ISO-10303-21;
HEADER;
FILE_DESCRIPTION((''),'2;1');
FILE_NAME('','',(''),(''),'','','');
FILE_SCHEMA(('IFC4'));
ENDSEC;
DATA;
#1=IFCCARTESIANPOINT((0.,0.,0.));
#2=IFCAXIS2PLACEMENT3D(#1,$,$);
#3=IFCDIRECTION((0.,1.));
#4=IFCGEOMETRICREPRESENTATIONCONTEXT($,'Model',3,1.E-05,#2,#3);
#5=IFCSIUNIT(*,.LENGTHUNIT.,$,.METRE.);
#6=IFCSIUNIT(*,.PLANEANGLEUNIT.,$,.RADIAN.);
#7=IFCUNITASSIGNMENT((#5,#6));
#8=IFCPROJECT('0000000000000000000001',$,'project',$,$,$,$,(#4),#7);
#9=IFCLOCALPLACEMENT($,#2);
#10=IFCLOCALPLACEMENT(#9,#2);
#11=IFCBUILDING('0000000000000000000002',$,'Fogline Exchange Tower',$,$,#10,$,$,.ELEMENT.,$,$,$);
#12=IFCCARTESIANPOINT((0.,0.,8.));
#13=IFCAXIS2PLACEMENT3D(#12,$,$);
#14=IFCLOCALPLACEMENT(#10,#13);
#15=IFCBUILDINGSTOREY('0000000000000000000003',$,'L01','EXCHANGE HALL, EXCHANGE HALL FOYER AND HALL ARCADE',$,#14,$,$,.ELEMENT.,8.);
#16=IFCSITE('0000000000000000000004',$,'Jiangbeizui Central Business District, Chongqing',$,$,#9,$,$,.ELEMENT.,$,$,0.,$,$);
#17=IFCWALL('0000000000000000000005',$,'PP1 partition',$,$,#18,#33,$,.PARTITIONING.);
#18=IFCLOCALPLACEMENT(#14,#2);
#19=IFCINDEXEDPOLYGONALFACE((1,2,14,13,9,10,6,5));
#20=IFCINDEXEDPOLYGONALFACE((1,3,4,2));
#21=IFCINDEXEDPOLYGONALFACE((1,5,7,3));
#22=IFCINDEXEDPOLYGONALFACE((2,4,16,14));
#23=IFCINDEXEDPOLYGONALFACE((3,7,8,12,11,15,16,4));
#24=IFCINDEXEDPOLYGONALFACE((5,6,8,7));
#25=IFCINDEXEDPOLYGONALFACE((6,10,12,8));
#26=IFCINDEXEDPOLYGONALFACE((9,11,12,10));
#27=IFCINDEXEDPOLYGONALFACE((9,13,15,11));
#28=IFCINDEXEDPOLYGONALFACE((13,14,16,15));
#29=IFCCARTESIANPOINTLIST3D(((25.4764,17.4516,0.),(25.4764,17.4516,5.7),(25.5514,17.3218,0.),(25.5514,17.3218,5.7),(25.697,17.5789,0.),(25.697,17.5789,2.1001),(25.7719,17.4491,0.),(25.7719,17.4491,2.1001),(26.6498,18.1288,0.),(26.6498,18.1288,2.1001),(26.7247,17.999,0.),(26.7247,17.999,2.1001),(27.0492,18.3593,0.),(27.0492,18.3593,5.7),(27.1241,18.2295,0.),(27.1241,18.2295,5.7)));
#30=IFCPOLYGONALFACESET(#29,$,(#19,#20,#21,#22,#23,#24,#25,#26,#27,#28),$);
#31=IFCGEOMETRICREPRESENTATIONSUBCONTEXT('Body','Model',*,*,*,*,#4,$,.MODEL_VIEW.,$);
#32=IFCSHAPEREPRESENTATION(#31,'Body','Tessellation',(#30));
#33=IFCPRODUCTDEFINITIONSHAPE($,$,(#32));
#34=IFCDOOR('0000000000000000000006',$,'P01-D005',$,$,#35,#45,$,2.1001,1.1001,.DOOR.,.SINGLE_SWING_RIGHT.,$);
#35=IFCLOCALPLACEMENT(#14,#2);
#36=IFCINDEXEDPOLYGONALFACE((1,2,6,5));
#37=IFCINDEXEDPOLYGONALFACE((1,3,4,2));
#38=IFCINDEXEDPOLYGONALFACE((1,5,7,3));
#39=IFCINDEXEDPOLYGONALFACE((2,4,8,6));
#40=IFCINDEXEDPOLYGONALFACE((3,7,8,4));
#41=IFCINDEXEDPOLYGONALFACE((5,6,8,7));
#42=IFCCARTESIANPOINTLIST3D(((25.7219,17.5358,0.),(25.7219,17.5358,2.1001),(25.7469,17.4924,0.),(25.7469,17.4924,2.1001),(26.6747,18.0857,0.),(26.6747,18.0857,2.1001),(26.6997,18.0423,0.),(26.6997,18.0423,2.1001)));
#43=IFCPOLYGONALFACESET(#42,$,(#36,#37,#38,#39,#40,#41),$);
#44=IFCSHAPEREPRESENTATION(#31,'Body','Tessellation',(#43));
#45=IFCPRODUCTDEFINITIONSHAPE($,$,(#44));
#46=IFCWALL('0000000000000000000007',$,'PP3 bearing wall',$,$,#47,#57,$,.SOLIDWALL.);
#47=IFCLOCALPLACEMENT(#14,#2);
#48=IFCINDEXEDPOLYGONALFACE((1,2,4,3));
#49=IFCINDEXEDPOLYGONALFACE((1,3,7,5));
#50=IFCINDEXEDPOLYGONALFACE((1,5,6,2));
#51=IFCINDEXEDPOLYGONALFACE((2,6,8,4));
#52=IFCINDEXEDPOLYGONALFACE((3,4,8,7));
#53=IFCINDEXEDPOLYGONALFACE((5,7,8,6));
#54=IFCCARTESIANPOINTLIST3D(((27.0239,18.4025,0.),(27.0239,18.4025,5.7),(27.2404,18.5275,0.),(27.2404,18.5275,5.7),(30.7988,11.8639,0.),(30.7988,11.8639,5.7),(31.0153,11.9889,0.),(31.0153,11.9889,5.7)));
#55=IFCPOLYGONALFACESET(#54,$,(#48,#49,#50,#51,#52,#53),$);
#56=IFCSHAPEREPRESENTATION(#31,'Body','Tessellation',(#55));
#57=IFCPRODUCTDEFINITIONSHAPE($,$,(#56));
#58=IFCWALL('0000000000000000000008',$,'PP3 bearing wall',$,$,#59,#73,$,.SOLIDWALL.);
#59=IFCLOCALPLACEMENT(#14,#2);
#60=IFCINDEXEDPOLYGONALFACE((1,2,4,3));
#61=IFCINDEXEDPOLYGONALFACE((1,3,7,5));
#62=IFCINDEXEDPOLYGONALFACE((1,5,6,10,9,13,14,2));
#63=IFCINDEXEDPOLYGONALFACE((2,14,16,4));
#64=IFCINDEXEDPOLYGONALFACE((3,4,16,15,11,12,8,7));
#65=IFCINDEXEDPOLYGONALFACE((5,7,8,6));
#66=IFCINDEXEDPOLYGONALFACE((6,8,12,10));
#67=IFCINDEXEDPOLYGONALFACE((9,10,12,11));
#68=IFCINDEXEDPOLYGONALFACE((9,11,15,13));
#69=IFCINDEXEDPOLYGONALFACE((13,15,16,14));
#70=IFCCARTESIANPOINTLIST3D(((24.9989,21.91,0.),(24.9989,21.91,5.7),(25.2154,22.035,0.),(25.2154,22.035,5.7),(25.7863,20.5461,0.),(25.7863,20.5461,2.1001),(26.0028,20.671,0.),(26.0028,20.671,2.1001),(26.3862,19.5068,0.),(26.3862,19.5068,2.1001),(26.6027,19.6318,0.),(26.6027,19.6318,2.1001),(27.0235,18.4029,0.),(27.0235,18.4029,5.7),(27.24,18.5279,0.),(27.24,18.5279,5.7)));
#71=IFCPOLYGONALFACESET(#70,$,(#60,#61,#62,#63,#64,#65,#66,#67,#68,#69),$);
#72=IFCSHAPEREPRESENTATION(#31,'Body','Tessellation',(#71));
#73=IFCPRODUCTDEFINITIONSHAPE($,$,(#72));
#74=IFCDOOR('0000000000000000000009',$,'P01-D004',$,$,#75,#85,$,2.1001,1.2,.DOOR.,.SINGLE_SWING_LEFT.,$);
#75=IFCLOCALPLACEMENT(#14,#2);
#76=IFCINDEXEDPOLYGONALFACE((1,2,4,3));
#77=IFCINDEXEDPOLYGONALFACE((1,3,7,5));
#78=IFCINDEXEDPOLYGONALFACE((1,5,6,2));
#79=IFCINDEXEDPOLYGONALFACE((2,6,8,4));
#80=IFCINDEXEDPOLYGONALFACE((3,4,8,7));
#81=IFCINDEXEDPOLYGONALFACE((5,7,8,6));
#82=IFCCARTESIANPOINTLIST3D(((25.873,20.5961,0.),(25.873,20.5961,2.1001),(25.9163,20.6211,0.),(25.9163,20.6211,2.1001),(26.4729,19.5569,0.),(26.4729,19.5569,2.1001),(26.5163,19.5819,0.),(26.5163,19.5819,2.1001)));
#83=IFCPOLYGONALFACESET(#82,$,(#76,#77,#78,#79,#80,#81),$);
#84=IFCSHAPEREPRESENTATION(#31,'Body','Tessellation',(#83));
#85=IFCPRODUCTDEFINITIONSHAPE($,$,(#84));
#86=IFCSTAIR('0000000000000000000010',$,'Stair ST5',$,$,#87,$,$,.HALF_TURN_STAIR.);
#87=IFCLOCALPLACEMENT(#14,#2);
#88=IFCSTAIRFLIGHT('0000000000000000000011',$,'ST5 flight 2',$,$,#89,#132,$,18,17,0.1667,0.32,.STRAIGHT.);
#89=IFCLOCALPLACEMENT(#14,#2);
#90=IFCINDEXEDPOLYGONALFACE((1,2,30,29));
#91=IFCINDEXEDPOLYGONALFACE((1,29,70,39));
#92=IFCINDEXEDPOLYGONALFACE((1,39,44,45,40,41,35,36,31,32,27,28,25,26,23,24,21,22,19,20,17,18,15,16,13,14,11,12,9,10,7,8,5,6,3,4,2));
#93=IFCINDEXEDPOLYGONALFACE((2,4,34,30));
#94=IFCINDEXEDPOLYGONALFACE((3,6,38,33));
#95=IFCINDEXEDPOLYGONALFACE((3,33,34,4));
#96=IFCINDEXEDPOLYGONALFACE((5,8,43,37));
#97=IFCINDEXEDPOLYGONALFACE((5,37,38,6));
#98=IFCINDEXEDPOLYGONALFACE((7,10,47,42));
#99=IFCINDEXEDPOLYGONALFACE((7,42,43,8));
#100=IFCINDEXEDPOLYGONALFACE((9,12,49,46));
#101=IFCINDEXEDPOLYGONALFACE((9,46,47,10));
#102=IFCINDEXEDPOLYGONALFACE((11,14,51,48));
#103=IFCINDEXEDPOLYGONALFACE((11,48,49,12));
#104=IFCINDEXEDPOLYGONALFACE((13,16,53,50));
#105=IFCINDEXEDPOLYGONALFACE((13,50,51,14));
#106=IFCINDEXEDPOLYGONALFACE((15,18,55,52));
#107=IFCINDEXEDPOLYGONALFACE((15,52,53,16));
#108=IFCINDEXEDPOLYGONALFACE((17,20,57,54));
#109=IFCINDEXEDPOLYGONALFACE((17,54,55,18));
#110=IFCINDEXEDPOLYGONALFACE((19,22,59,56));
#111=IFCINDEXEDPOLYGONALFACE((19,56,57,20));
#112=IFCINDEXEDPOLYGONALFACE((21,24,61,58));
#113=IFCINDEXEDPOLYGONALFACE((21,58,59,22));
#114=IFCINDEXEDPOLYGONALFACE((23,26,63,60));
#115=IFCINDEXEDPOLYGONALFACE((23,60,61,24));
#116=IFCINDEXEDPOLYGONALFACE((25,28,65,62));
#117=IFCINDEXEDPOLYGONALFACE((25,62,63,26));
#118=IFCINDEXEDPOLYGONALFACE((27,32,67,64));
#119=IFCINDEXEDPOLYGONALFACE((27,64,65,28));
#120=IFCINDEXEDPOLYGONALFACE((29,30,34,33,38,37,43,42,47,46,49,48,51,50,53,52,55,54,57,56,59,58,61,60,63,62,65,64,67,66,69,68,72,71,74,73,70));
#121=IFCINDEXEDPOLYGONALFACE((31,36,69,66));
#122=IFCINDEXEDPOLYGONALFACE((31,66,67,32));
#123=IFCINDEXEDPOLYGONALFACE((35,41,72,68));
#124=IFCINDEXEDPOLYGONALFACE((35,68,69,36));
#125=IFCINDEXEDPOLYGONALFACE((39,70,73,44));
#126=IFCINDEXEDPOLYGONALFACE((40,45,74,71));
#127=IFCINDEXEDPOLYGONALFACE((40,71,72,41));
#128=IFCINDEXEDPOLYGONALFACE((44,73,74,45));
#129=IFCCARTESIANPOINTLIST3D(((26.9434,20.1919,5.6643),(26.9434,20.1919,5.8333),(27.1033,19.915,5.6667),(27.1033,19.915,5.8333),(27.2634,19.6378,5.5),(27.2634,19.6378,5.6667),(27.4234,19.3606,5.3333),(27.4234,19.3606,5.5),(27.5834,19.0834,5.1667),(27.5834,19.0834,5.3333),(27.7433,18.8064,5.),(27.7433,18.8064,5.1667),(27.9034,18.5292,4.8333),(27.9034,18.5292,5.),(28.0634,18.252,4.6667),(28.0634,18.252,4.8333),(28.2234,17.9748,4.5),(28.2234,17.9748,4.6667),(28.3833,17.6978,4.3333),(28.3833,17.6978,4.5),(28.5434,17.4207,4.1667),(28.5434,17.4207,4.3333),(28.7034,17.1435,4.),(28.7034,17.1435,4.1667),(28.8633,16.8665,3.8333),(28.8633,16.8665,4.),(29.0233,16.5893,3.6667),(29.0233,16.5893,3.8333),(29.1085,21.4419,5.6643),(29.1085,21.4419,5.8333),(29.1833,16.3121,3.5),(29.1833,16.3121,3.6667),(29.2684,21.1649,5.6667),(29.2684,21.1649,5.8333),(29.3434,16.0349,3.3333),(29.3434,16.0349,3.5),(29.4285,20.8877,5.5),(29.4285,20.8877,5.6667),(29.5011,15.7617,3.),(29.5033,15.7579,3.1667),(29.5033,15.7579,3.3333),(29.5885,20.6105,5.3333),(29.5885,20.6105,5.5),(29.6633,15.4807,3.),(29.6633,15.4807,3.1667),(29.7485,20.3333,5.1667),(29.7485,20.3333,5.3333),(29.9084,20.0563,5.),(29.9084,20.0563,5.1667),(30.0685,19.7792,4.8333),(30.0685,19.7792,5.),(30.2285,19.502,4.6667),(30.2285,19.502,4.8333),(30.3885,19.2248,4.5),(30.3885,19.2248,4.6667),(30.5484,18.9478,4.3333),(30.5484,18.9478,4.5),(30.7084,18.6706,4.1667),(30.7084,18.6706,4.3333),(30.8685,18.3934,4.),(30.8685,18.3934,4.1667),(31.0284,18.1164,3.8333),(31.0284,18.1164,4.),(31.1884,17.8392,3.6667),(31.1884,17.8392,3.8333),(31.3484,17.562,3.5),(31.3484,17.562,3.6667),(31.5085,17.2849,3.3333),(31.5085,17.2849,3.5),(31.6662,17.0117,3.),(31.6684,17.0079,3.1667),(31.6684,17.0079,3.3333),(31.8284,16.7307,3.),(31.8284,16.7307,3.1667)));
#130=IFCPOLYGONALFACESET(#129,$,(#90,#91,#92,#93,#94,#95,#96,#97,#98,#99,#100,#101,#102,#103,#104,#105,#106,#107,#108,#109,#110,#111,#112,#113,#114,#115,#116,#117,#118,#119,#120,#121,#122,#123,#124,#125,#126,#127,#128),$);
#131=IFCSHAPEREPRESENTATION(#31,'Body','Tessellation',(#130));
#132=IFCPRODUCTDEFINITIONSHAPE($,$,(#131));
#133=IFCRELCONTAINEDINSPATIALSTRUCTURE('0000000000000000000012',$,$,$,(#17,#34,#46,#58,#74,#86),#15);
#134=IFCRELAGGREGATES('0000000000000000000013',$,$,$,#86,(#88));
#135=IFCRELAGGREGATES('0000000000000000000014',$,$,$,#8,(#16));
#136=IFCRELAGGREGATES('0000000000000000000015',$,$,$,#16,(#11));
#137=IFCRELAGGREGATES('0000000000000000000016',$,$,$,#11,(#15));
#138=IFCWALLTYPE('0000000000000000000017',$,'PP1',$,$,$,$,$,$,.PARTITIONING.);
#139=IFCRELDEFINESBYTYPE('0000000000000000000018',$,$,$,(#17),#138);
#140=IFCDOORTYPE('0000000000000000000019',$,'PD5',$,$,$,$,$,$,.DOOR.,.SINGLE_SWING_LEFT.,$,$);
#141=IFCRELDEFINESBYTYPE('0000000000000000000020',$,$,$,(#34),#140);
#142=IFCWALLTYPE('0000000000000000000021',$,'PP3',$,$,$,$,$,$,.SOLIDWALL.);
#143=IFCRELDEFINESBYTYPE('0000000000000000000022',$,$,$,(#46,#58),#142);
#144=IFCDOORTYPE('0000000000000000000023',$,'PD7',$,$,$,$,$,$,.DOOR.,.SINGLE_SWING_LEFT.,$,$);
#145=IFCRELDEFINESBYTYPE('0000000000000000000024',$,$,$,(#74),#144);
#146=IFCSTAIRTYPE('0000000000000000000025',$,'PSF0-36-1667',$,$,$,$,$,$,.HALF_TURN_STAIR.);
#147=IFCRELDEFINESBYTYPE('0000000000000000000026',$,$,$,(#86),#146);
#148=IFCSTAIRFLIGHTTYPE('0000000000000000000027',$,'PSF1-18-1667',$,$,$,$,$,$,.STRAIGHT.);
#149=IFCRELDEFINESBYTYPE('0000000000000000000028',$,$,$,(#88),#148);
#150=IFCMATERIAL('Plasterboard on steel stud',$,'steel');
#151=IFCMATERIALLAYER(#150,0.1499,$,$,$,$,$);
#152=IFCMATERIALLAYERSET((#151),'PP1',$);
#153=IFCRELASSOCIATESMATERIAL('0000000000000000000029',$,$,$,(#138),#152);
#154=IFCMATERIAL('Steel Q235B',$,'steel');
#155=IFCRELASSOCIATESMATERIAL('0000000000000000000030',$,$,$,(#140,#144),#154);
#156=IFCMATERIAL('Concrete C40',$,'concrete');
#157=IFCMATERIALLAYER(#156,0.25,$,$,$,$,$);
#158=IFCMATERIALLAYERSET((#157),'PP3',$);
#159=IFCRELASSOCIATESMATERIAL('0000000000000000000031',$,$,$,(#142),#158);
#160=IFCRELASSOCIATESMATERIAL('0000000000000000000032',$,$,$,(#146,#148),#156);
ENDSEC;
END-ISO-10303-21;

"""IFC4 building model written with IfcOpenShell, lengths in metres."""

from ifc_helpers import new_model, si_unit, direction, frame, frame_2d, origin, place, context, subcontext, project, spatial, polyline, rectangle, outline, extrude, material, layer, layer_set, type_object, element, fill, aggregate, save


model = new_model("IFC4")

# Units and contexts
model_context = context("Model", 3, precision=1e-05, world=origin(), true_north=direction((0.0, 1.0)))
body_context = subcontext(model_context, "Body", "Model", "MODEL_VIEW")
ifc_project = project(units=[si_unit("LENGTHUNIT", "METRE"), si_unit("PLANEANGLEUNIT", "RADIAN")], contexts=[model_context])

# Site, building, storey
site_placement = place(None, origin())
site = spatial("IfcSite", under=ifc_project, at=site_placement, Name="Jiangbeizui Central Business District, Chongqing", CompositionType="ELEMENT", RefElevation=0.0)
building_placement = place(site_placement, origin())
building = spatial("IfcBuilding", under=site, at=building_placement, Name="Fogline Exchange Tower", CompositionType="ELEMENT")
storey_placement = place(building_placement, frame((0.0, 0.0, 8.0)))
storey = spatial("IfcBuildingStorey", under=building, at=storey_placement, Name="L01", Description="EXCHANGE HALL, EXCHANGE HALL FOYER AND HALL ARCADE", CompositionType="ELEMENT", Elevation=8.0)

# Shared definitions
ifc_material_1 = material(Name="Plasterboard on steel stud", Category="steel")
ifc_layer_1 = layer(ifc_material_1, 0.1499)
ifc_layer_set_1 = layer_set([ifc_layer_1], Name="PP1")
wall_type_1 = type_object("IfcWallType", Name="PP1", PredefinedType="PARTITIONING", material=ifc_layer_set_1)

# Wall, opening, door
wall_1_placement = place(storey_placement, frame((27.0867, 18.2944, 0.0), z_axis=(0.0, 0.0, 1.0), x_axis=(-0.866101, -0.49987, 0.0)))
wall_1 = element("IfcWall", 1, at=wall_1_placement, inside=storey, type_object=wall_type_1, Name="PP1 partition", PredefinedType="PARTITIONING", context=body_context, shape_type="SweptSolid", body=[
    extrude(rectangle(XDim=1.8159, YDim=0.1499, at=frame_2d((0.908, 0.0))), origin(), (0.0, 0.0, 1.0), 5.7),
])
opening_1_placement = place(wall_1_placement, frame((0.4612, 0.0, 0.0)))
opening_1 = element("IfcOpeningElement", 2, at=opening_1_placement, cuts=wall_1, PredefinedType="OPENING", context=body_context, shape_type="SweptSolid", body=[
    extrude(rectangle(XDim=1.1001, YDim=2.1001, at=frame_2d((0.55, 1.05))), frame((0.0, 0.085, 0.0), z_axis=(0.0, -1.0, 0.0), x_axis=(1.0, 0.0, 0.0)), (0.0, 0.0, 1.0), 0.1699),
])
ifc_material_2 = material(Name="Steel Q235B", Category="steel")
door_type_1 = type_object("IfcDoorType", Name="PD5", OperationType="SINGLE_SWING_LEFT", PredefinedType="DOOR", material=ifc_material_2)
door_1_placement = place(opening_1_placement, origin())
door_1 = element("IfcDoor", 3, at=door_1_placement, inside=storey, type_object=door_type_1, Name="P01-D005", OperationType="SINGLE_SWING_RIGHT", OverallHeight=2.1001, OverallWidth=1.1001, PredefinedType="DOOR", context=body_context, shape_type="SweptSolid", body=[
    extrude(rectangle(XDim=1.1001, YDim=2.1001, at=frame_2d((0.55, 1.05))), frame((0.0, 0.0249, 0.0), z_axis=(0.0, -1.0, 0.0), x_axis=(1.0, 0.0, 0.0)), (0.0, 0.0, 1.0), 0.05),
])
fill(opening_1, door_1)

# Wall
ifc_material_3 = material(Name="Concrete C40", Category="concrete")
ifc_layer_2 = layer(ifc_material_3, 0.25)
ifc_layer_set_2 = layer_set([ifc_layer_2], Name="PP3")
wall_type_2 = type_object("IfcWallType", Name="PP3", PredefinedType="SOLIDWALL", material=ifc_layer_set_2)
wall_2_placement = place(storey_placement, frame((30.907, 11.9265, 0.0), z_axis=(0.0, 0.0, 1.0), x_axis=(-0.499986, 0.866034, 0.0)))
element("IfcWall", 4, at=wall_2_placement, inside=storey, type_object=wall_type_2, Name="PP3 bearing wall", PredefinedType="SOLIDWALL", context=body_context, shape_type="SweptSolid", body=[
    extrude(rectangle(XDim=7.55, YDim=0.25, at=frame_2d((3.7749, 0.0))), origin(), (0.0, 0.0, 1.0), 5.7),
])

# Wall, opening, door
wall_3_placement = place(storey_placement, frame((27.1318, 18.4653, 0.0), z_axis=(0.0, 0.0, 1.0), x_axis=(-0.499971, 0.866042, 0.0)))
wall_3 = element("IfcWall", 5, at=wall_3_placement, inside=storey, type_object=wall_type_2, Name="PP3 bearing wall", PredefinedType="SOLIDWALL", context=body_context, shape_type="SweptSolid", body=[
    extrude(rectangle(XDim=4.0496, YDim=0.25, at=frame_2d((2.0249, 0.0))), origin(), (0.0, 0.0, 1.0), 5.7),
])
opening_2_placement = place(wall_3_placement, frame((1.2747, 0.0, 0.0)))
opening_2 = element("IfcOpeningElement", 6, at=opening_2_placement, cuts=wall_3, PredefinedType="OPENING", context=body_context, shape_type="SweptSolid", body=[
    extrude(rectangle(XDim=1.2, YDim=2.1001, at=frame_2d((0.6001, 1.05))), frame((0.0, 0.135, 0.0), z_axis=(0.0, -1.0, 0.0), x_axis=(1.0, 0.0, 0.0)), (0.0, 0.0, 1.0), 0.27),
])
door_type_2 = type_object("IfcDoorType", Name="PD7", OperationType="SINGLE_SWING_LEFT", PredefinedType="DOOR", material=ifc_material_2)
door_2_placement = place(opening_2_placement, origin())
door_2 = element("IfcDoor", 7, at=door_2_placement, inside=storey, type_object=door_type_2, Name="P01-D004", OperationType="SINGLE_SWING_LEFT", OverallHeight=2.1001, OverallWidth=1.2, PredefinedType="DOOR", context=body_context, shape_type="SweptSolid", body=[
    extrude(rectangle(XDim=1.2, YDim=2.1001, at=frame_2d((0.6001, 1.05))), frame((0.0, 0.0249, 0.0), z_axis=(0.0, -1.0, 0.0), x_axis=(1.0, 0.0, 0.0)), (0.0, 0.0, 1.0), 0.05),
])
fill(opening_2, door_2)

# Stair, stair flight
stair_type = type_object("IfcStairType", Name="PSF0-36-1667", PredefinedType="HALF_TURN_STAIR", material=ifc_material_3)
stair_1_placement = place(storey_placement, origin())
stair_1 = element("IfcStair", 8, at=stair_1_placement, inside=storey, type_object=stair_type, Name="Stair ST5", PredefinedType="HALF_TURN_STAIR")
stair_flight_type = type_object("IfcStairFlightType", Name="PSF1-18-1667", PredefinedType="STRAIGHT", material=ifc_material_3)
stair_flight_1_placement = place(storey_placement, frame((30.7458, 16.1057, 3.0), z_axis=(0.0, 0.0, 1.0), x_axis=(-0.499979, 0.866037, 0.0)))
stair_flight_1 = element("IfcStairFlight", 9, at=stair_flight_1_placement, type_object=stair_flight_type, Name="ST5 flight 2", NumberOfRisers=18, NumberOfTreads=17, PredefinedType="STRAIGHT", RiserHeight=0.1667, TreadLength=0.32, context=body_context, shape_type="SweptSolid", body=[
    extrude(outline(polyline([(0.0, 0.0), (0.0, 0.1667), (0.3201, 0.1667), (0.3201, 0.3333), (0.6399, 0.3333), (0.6399, 0.5), (0.96, 0.5), (0.96, 0.6667), (1.28, 0.6667), (1.28, 0.8333), (1.6001, 0.8333), (1.6001, 1.0), (1.9199, 1.0), (1.9199, 1.1667), (2.24, 1.1667), (2.24, 1.3333), (2.5601, 1.3333), (2.5601, 1.5), (2.8799, 1.5), (2.8799, 1.6667), (3.2, 1.6667), (3.2, 1.8333), (3.52, 1.8333), (3.52, 2.0), (3.8401, 2.0), (3.8401, 2.1667), (4.1599, 2.1667), (4.1599, 2.3333), (4.48, 2.3333), (4.48, 2.5), (4.8, 2.5), (4.8, 2.6667), (5.1201, 2.6667), (5.1201, 2.8333), (5.4399, 2.8333), (5.4399, 3.0), (5.4399, 2.6643), (0.3245, 0.0), (0.0, 0.0)])), frame((0.0, 1.25, 0.0), z_axis=(0.0, -1.0, 0.0), x_axis=(1.0, 0.0, 0.0)), (0.0, 0.0, 1.0), 2.5),
])
aggregate(stair_1, [stair_flight_1])

save(model, "model.ifc")
